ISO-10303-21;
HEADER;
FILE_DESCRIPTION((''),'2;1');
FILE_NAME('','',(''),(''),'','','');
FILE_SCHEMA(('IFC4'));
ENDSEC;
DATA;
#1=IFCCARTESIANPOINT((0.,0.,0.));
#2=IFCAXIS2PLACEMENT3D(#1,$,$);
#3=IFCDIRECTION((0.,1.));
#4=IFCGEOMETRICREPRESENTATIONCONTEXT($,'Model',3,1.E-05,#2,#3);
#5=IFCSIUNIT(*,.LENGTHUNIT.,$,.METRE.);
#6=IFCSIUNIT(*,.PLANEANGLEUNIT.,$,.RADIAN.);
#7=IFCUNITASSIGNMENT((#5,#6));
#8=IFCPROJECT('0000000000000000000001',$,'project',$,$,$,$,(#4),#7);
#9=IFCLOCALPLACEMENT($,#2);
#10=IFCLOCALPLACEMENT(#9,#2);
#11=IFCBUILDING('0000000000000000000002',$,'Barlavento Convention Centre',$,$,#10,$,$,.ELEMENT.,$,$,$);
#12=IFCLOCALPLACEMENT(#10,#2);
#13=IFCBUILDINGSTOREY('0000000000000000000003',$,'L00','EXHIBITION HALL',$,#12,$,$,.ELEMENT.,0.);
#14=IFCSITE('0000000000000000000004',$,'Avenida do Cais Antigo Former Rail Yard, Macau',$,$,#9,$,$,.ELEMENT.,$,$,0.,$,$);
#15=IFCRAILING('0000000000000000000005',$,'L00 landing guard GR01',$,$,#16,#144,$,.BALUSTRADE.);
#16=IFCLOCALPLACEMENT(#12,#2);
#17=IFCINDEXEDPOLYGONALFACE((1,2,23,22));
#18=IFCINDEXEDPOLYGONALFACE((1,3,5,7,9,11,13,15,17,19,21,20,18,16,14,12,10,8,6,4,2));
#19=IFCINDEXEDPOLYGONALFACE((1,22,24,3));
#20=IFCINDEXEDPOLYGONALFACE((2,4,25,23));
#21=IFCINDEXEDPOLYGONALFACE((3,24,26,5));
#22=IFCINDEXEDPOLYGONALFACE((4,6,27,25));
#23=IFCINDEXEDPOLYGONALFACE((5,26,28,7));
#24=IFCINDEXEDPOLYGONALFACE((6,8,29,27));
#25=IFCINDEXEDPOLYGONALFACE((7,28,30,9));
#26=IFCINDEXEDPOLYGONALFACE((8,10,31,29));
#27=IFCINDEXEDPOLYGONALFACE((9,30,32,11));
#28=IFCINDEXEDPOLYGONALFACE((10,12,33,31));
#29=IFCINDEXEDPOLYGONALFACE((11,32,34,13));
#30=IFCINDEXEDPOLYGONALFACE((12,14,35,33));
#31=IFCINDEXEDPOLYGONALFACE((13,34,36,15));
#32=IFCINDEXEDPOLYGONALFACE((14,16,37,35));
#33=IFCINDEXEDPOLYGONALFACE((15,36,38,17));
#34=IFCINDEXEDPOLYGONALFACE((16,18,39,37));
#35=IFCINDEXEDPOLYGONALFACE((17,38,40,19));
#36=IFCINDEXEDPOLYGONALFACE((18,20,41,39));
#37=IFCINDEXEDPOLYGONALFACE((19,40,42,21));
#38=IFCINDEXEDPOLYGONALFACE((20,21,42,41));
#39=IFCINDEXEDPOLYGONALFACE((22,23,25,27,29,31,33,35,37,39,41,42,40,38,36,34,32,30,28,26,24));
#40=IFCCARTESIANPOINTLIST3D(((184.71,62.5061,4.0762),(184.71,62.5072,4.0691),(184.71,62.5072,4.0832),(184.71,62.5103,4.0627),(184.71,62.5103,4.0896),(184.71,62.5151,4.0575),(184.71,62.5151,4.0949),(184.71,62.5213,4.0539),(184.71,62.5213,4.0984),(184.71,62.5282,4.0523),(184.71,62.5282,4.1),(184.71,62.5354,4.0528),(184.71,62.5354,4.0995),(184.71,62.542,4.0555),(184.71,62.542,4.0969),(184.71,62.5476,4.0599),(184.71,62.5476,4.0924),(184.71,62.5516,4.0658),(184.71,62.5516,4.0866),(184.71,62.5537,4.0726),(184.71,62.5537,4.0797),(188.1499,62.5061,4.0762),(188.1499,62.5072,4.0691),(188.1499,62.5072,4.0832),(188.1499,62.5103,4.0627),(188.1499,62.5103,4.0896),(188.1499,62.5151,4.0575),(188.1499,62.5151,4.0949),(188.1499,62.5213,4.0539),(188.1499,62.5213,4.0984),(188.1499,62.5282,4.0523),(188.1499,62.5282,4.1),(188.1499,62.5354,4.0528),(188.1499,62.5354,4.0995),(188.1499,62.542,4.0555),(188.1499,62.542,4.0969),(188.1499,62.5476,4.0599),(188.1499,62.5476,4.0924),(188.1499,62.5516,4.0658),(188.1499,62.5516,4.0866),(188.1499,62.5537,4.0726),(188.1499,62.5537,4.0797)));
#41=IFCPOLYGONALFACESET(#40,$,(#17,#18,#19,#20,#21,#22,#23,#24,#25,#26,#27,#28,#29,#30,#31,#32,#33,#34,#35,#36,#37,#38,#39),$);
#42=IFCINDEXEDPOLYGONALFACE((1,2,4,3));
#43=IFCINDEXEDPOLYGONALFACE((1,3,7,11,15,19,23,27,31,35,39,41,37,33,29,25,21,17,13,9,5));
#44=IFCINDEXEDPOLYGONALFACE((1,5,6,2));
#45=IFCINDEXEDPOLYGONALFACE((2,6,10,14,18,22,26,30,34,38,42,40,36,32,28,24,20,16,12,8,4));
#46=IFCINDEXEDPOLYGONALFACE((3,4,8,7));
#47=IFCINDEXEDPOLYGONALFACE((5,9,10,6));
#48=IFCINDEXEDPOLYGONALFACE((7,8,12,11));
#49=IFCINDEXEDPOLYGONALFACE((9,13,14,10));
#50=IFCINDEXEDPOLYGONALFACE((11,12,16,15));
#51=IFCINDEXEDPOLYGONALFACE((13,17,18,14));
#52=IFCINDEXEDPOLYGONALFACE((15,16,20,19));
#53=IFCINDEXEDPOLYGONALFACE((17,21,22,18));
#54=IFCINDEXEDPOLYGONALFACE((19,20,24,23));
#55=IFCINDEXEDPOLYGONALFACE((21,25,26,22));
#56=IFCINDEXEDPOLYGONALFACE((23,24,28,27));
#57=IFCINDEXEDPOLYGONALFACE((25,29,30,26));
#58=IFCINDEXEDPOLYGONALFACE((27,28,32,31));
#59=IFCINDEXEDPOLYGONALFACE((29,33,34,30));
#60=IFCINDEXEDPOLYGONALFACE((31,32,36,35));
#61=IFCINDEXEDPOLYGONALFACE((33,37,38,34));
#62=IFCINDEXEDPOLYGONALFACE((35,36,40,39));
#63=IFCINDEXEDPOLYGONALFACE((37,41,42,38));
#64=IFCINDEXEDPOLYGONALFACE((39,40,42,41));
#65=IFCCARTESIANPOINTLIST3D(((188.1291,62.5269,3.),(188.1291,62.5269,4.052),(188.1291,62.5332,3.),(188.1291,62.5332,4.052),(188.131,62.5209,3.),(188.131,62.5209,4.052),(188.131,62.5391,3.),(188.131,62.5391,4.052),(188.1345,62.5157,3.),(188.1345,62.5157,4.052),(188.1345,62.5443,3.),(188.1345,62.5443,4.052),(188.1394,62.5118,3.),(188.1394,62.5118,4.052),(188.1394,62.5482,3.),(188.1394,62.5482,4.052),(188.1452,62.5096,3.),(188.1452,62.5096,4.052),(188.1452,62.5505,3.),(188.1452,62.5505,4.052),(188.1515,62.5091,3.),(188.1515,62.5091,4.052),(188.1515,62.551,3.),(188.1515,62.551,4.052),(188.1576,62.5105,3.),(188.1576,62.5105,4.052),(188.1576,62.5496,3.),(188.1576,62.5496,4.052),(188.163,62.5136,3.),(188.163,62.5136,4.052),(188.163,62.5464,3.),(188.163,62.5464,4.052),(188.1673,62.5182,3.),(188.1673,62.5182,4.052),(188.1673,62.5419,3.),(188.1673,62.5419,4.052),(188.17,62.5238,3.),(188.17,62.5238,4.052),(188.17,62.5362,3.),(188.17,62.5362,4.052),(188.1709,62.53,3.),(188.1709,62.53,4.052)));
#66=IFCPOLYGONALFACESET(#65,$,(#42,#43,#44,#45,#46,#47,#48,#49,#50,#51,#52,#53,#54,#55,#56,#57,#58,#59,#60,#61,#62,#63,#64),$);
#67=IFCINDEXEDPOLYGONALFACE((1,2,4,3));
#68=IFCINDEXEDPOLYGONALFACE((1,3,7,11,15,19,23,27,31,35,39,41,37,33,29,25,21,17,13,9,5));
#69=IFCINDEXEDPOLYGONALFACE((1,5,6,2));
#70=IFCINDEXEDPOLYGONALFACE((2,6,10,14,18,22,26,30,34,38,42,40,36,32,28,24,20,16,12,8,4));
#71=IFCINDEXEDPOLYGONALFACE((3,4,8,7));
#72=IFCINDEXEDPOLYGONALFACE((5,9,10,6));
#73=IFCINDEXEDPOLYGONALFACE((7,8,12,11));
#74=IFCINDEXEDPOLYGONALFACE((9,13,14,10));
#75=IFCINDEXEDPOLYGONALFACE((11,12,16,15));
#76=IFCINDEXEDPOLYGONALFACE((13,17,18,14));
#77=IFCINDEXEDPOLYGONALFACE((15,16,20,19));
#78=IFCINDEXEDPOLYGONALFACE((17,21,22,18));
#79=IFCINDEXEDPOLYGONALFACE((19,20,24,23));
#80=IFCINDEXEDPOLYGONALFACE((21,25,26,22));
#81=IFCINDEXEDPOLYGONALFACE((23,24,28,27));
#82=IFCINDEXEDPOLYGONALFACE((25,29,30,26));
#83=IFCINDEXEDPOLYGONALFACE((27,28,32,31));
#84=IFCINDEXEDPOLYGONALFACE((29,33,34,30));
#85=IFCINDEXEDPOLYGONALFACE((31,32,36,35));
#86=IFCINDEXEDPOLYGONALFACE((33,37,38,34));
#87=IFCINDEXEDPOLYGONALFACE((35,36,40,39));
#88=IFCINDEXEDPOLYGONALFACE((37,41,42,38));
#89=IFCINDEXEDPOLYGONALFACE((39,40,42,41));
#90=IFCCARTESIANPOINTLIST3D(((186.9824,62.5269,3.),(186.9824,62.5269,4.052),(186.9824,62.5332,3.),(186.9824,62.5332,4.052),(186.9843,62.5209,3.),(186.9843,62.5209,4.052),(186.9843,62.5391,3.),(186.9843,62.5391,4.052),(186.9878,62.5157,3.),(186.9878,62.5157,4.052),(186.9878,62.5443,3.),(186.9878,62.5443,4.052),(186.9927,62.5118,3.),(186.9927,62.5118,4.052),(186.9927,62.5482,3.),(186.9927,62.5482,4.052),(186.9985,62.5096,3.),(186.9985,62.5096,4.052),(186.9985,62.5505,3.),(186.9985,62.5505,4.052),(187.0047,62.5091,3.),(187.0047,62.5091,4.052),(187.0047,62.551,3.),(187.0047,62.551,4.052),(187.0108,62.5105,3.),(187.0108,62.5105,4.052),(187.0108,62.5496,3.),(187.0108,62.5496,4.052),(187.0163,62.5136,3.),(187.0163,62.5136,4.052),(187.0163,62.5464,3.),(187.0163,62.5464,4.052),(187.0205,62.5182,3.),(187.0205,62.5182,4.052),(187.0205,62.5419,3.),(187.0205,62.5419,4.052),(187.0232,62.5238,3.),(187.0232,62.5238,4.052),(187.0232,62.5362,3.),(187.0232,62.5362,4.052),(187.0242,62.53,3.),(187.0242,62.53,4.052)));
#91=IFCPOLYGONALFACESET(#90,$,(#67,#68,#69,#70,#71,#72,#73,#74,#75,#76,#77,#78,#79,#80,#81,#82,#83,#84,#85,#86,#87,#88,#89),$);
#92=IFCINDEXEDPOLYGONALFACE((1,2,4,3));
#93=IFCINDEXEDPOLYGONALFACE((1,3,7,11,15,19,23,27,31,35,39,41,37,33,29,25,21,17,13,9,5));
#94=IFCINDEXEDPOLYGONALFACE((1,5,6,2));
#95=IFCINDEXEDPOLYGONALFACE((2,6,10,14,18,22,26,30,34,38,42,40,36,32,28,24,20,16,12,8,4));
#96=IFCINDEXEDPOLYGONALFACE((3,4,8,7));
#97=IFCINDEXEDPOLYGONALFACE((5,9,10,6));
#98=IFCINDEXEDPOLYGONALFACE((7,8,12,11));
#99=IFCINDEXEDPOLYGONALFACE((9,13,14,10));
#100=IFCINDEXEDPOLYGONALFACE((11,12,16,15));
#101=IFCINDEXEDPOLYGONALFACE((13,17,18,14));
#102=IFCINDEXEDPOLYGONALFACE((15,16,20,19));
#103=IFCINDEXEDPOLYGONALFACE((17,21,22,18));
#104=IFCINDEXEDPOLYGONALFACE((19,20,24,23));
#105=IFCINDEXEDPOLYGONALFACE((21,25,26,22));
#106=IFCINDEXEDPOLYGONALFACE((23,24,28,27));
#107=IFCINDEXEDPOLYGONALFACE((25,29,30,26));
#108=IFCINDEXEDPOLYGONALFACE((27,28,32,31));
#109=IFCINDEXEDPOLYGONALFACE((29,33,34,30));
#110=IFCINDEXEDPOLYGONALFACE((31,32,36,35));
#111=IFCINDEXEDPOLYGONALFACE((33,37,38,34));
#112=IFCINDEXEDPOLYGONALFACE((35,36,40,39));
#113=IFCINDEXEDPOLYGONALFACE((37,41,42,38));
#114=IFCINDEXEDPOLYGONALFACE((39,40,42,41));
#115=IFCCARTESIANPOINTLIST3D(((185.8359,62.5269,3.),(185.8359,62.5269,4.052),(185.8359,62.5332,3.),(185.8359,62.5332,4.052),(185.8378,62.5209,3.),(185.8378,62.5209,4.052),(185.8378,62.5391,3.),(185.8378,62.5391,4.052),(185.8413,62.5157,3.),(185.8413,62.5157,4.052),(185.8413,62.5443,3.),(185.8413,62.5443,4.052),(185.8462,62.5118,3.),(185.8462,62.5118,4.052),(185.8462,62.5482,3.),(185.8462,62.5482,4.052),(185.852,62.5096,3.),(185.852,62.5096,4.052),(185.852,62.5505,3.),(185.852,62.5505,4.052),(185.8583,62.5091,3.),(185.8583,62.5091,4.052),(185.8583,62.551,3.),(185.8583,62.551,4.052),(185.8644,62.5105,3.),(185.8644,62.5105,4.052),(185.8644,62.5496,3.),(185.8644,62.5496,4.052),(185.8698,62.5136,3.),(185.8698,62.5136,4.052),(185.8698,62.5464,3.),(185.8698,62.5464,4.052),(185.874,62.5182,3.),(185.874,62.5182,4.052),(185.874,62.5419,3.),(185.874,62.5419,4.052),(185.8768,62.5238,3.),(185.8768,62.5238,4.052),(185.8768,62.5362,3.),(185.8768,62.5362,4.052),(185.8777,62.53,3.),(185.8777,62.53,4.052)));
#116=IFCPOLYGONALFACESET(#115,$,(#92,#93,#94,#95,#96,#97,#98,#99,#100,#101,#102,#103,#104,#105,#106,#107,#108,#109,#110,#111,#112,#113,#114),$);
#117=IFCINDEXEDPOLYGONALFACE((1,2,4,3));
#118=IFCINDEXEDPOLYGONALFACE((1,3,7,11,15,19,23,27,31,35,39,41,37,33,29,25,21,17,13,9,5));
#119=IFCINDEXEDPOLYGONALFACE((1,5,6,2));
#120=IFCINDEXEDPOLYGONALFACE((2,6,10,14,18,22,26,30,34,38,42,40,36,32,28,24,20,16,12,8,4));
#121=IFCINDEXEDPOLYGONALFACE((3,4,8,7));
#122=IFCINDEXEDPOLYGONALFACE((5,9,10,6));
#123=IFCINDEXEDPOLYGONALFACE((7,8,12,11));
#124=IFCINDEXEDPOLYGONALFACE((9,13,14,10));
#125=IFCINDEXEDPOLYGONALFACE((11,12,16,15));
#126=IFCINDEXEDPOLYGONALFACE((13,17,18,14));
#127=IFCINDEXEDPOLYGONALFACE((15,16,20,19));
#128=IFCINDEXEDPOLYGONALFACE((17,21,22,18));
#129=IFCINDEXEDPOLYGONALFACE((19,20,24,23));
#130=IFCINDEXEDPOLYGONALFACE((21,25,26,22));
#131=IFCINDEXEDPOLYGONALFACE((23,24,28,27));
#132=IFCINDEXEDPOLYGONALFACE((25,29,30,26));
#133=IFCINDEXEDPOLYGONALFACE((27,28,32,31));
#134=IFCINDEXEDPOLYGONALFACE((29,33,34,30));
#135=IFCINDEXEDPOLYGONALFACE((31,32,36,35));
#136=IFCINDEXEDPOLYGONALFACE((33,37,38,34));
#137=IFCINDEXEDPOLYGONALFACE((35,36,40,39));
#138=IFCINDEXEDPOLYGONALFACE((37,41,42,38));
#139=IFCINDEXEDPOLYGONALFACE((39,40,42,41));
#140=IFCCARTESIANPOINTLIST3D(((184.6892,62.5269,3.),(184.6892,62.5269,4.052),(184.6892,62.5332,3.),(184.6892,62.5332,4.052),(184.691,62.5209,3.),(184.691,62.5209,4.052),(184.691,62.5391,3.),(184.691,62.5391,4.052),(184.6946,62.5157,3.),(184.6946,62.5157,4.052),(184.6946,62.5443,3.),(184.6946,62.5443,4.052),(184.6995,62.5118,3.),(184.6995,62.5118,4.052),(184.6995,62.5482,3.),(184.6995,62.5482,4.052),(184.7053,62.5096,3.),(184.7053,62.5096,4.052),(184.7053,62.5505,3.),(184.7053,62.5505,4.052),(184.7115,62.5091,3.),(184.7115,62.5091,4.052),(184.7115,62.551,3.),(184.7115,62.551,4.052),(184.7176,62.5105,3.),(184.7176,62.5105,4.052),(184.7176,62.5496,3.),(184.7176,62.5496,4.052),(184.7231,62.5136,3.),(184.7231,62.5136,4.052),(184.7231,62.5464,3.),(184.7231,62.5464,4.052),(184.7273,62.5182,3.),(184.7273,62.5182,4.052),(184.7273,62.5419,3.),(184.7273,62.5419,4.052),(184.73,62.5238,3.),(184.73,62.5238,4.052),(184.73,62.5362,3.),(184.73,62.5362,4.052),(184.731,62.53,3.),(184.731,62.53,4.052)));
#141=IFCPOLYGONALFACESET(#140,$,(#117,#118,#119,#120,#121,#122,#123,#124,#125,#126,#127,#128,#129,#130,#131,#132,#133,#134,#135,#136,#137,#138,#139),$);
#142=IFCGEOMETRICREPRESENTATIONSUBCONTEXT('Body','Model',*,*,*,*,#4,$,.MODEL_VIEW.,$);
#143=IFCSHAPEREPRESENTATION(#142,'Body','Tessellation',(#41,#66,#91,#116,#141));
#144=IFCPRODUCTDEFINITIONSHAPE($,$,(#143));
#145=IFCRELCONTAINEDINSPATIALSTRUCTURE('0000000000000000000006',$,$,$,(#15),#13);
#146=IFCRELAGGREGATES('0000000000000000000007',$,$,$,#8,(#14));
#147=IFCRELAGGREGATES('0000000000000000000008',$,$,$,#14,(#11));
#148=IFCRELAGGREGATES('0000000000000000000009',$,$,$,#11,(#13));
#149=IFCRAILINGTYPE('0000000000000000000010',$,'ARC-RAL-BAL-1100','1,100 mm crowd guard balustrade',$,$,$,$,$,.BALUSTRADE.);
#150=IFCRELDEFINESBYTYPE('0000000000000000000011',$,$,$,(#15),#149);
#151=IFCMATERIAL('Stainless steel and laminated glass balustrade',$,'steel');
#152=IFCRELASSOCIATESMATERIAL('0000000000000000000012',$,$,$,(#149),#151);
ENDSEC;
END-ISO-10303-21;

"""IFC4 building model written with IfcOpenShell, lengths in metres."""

from ifc_helpers import new_model, si_unit, direction, frame, origin, origin_2d, place, context, subcontext, project, spatial, circle, extrude, material, type_object, element, save


model = new_model("IFC4")

# Units and contexts
model_context = context("Model", 3, precision=1e-05, world=origin(), true_north=direction((0.0, 1.0)))
body_context = subcontext(model_context, "Body", "Model", "MODEL_VIEW")
ifc_project = project(units=[si_unit("LENGTHUNIT", "METRE"), si_unit("PLANEANGLEUNIT", "RADIAN")], contexts=[model_context])

# Site, building, storey
site_placement = place(None, origin())
site = spatial("IfcSite", under=ifc_project, at=site_placement, Name="Avenida do Cais Antigo Former Rail Yard, Macau", CompositionType="ELEMENT", RefElevation=0.0)
building_placement = place(site_placement, origin())
building = spatial("IfcBuilding", under=site, at=building_placement, Name="Barlavento Convention Centre", CompositionType="ELEMENT")
storey_placement = place(building_placement, origin())
storey = spatial("IfcBuildingStorey", under=building, at=storey_placement, Name="L00", Description="EXHIBITION HALL", CompositionType="ELEMENT", Elevation=0.0)

# Railing
ifc_material_1 = material(Name="Stainless steel and laminated glass balustrade", Category="steel")
railing_type_1 = type_object("IfcRailingType", Name="ARC-RAL-BAL-1100", Description="1,100 mm crowd guard balustrade", PredefinedType="BALUSTRADE", material=ifc_material_1)
railing_1_placement = place(storey_placement, frame((188.1499, 62.53, 3.0)))
element("IfcRailing", 1, at=railing_1_placement, inside=storey, type_object=railing_type_1, Name="L00 landing guard GR01", PredefinedType="BALUSTRADE", context=body_context, shape_type="SweptSolid", body=[
    extrude(circle(Radius=0.0239, at=origin_2d()), frame((0.0, 0.0, 1.0762), z_axis=(-1.0, 0.0, 0.0), x_axis=(0.0, -1.0, 0.0)), (0.0, 0.0, 1.0), 3.4399),
    extrude(circle(Radius=0.021, at=origin_2d()), origin(), (0.0, 0.0, 1.0), 1.052),
    extrude(circle(Radius=0.021, at=origin_2d()), frame((-1.1467, 0.0, 0.0)), (0.0, 0.0, 1.0), 1.052),
    extrude(circle(Radius=0.021, at=origin_2d()), frame((-2.2932, 0.0, 0.0)), (0.0, 0.0, 1.0), 1.052),
    extrude(circle(Radius=0.021, at=origin_2d()), frame((-3.4399, 0.0, 0.0)), (0.0, 0.0, 1.0), 1.052),
])

save(model, "model.ifc")
